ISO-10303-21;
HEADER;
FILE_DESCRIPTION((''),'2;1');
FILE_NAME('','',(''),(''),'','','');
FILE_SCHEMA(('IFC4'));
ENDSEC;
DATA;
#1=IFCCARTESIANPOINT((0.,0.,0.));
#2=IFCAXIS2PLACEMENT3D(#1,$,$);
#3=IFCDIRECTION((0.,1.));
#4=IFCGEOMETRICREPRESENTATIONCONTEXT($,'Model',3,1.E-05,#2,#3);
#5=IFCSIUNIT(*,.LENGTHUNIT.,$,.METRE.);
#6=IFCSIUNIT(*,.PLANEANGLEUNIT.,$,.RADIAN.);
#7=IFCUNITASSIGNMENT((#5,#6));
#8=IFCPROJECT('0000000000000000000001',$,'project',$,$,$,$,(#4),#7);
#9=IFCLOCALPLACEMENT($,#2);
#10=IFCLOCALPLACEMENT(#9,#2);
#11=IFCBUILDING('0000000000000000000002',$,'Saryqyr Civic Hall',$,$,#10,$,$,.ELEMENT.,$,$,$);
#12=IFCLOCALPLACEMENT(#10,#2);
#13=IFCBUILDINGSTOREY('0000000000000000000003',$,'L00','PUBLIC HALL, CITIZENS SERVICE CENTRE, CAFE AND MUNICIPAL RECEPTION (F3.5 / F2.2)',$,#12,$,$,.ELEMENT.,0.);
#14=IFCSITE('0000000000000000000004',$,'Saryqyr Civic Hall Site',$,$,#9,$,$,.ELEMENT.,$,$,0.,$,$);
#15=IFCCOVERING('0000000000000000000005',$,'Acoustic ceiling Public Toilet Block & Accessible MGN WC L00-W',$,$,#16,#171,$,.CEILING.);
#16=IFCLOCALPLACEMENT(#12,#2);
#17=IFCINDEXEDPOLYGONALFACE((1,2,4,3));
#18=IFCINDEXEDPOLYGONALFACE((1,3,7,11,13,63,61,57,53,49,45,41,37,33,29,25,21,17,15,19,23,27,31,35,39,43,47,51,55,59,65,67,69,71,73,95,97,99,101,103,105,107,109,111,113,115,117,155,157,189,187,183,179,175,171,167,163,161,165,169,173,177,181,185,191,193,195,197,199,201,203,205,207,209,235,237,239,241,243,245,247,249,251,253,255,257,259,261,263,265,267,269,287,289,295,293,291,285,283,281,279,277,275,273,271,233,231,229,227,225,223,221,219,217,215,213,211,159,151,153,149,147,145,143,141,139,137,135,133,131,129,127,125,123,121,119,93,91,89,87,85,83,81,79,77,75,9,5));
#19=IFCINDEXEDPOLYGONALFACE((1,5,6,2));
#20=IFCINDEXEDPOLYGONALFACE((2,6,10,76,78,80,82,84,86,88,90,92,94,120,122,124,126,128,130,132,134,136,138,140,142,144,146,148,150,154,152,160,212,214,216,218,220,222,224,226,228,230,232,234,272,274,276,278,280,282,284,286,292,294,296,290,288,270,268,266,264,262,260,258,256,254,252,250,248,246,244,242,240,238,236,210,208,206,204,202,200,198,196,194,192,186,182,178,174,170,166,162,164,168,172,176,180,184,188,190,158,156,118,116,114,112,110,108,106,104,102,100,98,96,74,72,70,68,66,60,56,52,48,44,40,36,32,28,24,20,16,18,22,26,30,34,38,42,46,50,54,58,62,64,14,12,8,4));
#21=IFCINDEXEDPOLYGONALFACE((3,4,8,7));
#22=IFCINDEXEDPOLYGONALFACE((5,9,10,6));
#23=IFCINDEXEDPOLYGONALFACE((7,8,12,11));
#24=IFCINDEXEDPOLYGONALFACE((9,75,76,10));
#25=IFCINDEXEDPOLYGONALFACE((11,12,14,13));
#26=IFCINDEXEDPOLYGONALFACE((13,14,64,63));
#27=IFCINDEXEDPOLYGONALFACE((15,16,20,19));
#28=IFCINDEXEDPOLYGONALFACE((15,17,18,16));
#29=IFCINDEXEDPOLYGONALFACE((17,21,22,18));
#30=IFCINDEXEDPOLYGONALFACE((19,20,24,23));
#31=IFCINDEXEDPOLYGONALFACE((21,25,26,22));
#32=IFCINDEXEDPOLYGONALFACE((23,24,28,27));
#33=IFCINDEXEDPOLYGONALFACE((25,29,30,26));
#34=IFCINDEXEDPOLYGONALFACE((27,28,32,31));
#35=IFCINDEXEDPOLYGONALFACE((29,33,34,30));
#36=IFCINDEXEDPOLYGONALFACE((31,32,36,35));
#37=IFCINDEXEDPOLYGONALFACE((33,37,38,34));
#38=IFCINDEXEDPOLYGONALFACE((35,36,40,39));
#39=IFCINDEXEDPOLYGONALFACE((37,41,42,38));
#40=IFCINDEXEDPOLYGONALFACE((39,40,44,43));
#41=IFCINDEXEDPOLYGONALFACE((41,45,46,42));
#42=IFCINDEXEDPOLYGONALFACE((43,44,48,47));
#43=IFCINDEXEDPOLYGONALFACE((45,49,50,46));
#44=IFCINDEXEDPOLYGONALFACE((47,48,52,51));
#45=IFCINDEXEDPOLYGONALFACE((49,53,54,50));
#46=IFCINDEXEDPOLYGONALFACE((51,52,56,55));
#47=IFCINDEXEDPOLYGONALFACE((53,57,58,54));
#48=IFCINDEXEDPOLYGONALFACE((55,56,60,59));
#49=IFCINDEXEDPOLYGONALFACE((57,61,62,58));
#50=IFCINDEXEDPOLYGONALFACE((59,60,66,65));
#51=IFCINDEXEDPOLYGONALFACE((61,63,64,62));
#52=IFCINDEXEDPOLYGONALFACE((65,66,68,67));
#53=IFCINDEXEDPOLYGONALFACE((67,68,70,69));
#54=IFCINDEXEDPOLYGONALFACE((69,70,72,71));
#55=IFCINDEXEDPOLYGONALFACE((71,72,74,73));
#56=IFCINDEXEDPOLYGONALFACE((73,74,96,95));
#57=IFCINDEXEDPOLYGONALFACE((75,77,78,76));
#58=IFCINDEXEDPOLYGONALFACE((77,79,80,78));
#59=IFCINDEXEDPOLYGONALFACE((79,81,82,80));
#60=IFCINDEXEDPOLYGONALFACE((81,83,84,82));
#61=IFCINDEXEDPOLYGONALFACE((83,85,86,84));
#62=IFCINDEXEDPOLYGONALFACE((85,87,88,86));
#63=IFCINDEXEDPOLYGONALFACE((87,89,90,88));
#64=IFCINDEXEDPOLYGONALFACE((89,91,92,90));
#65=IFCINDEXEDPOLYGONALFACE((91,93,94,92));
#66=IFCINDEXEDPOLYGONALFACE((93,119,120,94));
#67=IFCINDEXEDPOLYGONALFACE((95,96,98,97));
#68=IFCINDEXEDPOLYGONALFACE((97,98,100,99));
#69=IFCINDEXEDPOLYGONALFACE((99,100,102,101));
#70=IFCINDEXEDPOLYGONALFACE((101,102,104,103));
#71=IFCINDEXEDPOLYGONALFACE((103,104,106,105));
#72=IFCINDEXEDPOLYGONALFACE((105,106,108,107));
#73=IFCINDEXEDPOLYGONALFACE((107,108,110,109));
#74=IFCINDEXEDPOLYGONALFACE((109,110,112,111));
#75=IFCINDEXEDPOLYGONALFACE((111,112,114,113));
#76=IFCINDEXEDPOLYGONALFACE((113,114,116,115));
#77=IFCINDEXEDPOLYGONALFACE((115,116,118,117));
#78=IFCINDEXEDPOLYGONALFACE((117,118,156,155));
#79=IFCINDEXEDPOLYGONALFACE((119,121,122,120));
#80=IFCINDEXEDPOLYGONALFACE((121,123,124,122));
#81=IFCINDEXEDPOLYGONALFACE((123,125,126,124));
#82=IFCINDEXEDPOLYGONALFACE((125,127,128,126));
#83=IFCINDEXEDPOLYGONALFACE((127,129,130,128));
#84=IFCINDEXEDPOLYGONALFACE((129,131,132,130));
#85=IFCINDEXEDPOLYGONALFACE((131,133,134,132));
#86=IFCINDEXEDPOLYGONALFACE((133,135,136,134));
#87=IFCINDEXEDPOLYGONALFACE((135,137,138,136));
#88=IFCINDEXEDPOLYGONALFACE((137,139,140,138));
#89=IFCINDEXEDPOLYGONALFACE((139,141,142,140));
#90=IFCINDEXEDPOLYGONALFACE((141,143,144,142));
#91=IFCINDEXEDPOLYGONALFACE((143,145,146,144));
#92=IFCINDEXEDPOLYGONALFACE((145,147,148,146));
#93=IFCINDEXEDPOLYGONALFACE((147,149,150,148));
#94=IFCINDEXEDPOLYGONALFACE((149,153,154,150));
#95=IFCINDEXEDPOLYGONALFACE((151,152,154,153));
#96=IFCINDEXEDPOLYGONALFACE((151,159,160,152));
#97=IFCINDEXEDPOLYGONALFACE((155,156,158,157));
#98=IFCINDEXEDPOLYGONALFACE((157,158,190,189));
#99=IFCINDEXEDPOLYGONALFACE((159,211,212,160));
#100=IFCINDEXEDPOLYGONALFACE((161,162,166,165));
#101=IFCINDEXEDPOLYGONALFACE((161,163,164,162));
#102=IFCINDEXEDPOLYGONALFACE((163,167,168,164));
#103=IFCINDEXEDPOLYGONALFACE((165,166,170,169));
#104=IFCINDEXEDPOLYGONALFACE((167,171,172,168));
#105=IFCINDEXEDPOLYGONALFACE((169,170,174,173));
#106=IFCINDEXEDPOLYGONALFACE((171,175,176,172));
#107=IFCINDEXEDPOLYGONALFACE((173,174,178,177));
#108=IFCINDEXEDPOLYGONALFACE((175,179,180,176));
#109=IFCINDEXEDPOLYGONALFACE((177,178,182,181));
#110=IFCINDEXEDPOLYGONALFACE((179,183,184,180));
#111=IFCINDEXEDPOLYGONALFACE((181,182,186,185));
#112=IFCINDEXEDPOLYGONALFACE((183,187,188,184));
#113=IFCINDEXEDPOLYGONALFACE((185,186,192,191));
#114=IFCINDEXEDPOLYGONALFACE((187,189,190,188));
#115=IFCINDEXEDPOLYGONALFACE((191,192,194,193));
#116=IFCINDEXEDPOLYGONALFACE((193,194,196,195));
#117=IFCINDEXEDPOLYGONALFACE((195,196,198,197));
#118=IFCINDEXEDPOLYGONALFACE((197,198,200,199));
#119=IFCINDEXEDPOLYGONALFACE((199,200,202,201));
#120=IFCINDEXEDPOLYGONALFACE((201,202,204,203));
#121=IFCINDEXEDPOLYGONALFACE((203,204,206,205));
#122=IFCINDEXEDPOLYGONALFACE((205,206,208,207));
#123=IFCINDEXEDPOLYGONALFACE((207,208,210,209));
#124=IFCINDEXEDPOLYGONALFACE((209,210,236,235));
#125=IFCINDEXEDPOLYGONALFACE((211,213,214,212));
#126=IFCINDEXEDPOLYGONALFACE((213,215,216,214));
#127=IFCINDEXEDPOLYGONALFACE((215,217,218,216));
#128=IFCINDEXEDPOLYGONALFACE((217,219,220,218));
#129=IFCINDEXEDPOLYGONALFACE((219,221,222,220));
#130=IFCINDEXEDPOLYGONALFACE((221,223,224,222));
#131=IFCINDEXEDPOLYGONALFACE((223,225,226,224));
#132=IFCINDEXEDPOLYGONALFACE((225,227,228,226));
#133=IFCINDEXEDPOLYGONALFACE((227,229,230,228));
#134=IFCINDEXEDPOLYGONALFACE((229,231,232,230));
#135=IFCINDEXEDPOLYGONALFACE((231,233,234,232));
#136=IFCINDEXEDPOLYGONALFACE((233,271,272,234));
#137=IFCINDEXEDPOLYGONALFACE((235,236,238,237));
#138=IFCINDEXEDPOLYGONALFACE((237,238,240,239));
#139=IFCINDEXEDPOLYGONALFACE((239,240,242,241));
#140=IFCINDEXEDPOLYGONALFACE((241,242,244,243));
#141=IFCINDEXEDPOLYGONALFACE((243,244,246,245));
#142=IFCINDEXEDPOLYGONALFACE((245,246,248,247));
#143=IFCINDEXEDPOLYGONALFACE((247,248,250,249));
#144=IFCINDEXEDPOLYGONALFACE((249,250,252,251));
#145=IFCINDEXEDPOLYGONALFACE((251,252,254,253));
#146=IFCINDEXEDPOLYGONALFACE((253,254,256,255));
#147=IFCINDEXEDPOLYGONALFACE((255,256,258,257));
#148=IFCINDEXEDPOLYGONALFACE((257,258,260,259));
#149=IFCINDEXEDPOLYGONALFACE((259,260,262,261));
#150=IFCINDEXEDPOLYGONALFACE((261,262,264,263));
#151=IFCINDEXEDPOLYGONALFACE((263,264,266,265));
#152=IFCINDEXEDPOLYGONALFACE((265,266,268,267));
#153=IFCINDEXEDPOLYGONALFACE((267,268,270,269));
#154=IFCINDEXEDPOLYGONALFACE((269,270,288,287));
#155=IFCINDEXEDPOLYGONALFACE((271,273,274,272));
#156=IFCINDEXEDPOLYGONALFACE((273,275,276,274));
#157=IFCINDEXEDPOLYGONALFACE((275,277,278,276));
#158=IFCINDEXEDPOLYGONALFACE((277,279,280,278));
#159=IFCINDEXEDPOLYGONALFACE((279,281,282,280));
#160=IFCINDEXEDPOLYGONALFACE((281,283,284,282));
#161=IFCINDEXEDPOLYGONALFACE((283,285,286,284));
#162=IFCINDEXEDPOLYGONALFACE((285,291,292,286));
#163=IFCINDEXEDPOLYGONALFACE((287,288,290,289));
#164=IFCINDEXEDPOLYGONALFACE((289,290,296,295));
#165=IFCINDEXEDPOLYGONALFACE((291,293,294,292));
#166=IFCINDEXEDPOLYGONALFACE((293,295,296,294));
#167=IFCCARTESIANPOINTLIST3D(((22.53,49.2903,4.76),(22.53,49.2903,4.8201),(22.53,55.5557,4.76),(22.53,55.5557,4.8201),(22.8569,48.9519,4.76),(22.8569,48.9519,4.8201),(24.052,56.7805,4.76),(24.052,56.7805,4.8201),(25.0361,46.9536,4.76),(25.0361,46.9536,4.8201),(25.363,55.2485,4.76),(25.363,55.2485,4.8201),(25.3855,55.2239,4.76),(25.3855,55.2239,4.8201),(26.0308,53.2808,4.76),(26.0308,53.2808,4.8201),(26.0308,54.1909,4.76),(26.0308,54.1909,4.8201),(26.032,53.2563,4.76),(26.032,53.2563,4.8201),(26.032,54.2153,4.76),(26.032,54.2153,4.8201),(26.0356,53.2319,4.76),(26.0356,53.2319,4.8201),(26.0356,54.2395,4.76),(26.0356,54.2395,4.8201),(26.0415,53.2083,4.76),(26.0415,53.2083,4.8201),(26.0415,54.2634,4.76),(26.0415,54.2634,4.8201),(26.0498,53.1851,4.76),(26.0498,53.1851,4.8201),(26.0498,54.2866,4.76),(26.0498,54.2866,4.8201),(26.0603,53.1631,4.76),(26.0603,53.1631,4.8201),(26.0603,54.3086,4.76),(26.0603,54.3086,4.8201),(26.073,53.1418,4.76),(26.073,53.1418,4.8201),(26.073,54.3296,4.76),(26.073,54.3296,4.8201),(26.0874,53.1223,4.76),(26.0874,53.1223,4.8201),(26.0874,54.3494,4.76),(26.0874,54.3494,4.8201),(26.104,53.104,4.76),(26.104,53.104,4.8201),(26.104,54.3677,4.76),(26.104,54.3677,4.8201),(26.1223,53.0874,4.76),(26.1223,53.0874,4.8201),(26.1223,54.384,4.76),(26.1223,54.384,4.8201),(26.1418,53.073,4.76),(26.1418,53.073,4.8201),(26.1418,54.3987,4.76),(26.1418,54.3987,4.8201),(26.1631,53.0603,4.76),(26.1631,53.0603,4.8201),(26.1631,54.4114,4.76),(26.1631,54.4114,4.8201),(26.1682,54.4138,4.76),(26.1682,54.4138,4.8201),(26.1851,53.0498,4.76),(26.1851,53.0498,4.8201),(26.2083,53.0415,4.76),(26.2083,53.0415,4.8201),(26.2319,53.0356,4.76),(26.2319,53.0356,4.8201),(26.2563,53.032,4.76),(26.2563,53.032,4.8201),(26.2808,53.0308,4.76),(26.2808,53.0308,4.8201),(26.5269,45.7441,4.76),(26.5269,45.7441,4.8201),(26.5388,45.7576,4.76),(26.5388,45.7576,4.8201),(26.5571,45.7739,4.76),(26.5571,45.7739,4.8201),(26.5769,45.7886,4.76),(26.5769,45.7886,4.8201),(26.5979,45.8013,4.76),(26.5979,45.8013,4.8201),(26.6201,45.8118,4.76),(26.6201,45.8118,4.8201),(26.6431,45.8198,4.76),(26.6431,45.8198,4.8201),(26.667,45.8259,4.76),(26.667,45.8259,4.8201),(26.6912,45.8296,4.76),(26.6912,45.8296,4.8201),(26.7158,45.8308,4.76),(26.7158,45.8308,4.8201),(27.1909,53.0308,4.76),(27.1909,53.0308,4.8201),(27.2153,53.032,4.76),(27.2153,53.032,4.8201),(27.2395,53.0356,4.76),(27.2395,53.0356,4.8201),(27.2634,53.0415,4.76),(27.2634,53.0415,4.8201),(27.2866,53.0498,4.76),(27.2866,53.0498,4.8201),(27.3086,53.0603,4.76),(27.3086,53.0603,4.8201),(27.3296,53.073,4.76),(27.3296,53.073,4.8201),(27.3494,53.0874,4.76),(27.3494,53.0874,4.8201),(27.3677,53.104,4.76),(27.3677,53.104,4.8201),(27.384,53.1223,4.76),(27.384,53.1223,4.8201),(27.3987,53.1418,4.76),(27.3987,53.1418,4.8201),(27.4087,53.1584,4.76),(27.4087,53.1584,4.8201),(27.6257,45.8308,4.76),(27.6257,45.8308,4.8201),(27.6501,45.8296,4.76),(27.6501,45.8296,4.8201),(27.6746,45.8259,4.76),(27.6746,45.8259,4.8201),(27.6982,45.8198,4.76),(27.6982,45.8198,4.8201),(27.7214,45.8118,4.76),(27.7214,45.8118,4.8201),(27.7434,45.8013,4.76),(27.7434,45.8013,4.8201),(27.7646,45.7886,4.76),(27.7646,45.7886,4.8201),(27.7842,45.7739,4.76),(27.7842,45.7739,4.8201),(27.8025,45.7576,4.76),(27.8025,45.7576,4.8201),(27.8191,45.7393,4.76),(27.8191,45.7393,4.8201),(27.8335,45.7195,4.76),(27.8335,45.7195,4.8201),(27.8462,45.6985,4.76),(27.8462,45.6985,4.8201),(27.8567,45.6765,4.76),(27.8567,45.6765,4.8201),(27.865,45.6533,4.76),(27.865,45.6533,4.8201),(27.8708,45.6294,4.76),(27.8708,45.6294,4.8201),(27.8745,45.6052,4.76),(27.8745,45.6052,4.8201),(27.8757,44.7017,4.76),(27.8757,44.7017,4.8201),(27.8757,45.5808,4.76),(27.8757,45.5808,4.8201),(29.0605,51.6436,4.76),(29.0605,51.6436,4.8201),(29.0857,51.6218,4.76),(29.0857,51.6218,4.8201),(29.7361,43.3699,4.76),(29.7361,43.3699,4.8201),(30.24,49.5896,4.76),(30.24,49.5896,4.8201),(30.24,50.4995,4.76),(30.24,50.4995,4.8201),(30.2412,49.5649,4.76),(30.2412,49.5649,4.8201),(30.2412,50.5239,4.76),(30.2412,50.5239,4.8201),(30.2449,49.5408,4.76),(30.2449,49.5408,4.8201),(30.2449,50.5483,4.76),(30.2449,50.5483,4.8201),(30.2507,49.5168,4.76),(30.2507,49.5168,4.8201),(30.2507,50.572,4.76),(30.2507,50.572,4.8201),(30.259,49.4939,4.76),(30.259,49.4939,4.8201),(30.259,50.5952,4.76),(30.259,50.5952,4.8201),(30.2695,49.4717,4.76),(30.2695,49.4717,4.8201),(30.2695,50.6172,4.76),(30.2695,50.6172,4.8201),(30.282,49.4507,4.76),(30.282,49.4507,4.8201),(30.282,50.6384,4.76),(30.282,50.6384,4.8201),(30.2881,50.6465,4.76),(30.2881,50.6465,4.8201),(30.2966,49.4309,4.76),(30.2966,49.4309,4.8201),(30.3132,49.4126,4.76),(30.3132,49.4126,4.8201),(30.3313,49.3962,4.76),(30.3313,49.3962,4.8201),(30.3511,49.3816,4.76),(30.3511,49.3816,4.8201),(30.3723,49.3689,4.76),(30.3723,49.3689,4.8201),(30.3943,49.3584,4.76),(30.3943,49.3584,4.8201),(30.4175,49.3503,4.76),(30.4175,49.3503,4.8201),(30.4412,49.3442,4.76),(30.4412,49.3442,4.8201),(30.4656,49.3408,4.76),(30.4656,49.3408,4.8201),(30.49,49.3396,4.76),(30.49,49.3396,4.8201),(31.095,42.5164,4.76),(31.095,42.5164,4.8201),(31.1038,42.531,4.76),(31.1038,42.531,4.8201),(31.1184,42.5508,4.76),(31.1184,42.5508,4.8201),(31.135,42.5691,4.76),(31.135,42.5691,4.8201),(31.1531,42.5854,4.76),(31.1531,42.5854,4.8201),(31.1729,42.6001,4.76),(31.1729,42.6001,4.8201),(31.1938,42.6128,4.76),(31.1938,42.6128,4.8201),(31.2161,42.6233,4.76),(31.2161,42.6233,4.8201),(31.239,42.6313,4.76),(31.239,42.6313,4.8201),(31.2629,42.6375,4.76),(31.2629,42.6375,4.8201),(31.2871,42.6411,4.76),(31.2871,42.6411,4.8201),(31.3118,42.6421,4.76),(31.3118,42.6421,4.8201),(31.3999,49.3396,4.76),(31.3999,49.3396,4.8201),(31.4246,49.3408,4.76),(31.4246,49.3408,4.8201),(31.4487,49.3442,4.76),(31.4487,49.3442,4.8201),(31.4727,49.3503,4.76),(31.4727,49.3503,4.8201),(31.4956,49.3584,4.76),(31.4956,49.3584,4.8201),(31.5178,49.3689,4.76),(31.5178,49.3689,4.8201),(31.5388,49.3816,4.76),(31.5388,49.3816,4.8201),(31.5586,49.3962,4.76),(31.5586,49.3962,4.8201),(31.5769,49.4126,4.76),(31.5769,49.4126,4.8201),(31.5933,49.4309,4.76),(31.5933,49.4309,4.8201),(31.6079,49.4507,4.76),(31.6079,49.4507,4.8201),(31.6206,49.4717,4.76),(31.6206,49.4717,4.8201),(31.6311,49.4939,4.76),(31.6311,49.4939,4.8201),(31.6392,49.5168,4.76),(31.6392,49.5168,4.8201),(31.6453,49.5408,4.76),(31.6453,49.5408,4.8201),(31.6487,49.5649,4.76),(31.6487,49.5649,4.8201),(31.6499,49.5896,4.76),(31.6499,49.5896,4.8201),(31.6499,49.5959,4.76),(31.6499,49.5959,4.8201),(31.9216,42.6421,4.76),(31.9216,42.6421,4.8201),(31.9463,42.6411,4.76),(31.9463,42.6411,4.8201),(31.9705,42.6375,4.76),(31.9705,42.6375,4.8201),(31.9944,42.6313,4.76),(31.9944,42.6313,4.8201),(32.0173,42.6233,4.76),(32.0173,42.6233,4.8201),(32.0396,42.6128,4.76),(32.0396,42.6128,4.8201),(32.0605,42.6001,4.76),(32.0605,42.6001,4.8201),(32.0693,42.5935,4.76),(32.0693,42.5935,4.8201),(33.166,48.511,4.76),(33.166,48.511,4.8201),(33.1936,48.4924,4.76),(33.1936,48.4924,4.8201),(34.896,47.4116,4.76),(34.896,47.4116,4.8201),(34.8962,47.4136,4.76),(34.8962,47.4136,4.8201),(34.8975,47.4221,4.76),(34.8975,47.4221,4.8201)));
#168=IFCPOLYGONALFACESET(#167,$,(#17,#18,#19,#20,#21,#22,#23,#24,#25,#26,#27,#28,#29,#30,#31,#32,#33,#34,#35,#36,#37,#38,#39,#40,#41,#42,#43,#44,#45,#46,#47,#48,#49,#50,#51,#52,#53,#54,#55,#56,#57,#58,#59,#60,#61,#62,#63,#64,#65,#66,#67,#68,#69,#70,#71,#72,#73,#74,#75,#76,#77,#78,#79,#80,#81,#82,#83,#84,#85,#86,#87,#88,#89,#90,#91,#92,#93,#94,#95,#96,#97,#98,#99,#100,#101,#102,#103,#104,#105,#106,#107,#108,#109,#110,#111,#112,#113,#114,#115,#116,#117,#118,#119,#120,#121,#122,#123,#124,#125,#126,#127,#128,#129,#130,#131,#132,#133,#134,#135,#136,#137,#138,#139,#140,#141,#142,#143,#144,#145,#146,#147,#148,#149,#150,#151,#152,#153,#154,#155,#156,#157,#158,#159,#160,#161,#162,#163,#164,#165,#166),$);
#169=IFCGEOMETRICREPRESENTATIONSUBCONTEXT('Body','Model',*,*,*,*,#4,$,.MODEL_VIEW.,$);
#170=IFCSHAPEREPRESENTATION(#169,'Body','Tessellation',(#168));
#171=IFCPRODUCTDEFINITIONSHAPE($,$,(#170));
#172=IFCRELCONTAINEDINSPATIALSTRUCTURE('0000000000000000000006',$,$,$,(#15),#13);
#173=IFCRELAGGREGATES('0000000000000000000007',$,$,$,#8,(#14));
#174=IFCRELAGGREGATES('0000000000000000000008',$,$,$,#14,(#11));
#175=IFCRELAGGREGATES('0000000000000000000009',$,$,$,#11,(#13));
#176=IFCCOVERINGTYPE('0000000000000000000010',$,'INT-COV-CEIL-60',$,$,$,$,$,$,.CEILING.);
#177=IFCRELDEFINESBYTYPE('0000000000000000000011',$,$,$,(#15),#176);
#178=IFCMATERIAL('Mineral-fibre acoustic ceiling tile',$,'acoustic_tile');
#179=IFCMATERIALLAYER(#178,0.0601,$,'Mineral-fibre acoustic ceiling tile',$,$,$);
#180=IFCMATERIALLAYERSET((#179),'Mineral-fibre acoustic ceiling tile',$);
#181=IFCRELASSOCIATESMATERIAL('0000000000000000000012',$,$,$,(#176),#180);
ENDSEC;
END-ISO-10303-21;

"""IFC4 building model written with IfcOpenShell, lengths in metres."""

from ifc_helpers import new_model, si_unit, direction, frame, origin, place, context, subcontext, project, spatial, polyline, outline, extrude, material, layer, layer_set, type_object, element, save


model = new_model("IFC4")

# Units and contexts
model_context = context("Model", 3, precision=1e-05, world=origin(), true_north=direction((0.0, 1.0)))
body_context = subcontext(model_context, "Body", "Model", "MODEL_VIEW")
ifc_project = project(units=[si_unit("LENGTHUNIT", "METRE"), si_unit("PLANEANGLEUNIT", "RADIAN")], contexts=[model_context])

# Site, building, storey
site_placement = place(None, origin())
site = spatial("IfcSite", under=ifc_project, at=site_placement, Name="Saryqyr Civic Hall Site", CompositionType="ELEMENT", RefElevation=0.0)
building_placement = place(site_placement, origin())
building = spatial("IfcBuilding", under=site, at=building_placement, Name="Saryqyr Civic Hall", CompositionType="ELEMENT")
storey_placement = place(building_placement, origin())
storey = spatial("IfcBuildingStorey", under=building, at=storey_placement, Name="L00", Description="PUBLIC HALL, CITIZENS SERVICE CENTRE, CAFE AND MUNICIPAL RECEPTION (F3.5 / F2.2)", CompositionType="ELEMENT", Elevation=0.0)

# Covering
ifc_material_1 = material(Name="Mineral-fibre acoustic ceiling tile", Category="acoustic_tile")
ifc_layer_1 = layer(ifc_material_1, 0.0601, Name="Mineral-fibre acoustic ceiling tile")
ifc_layer_set_1 = layer_set([ifc_layer_1], Name="Mineral-fibre acoustic ceiling tile")
covering_type = type_object("IfcCoveringType", Name="INT-COV-CEIL-60", PredefinedType="CEILING", material=ifc_layer_set_1)
covering_1_placement = place(storey_placement, frame((0.0, 0.0, 4.76)))
element("IfcCovering", 1, at=covering_1_placement, inside=storey, type_object=covering_type, Name="Acoustic ceiling Public Toilet Block & Accessible MGN WC L00-W", PredefinedType="CEILING", context=body_context, shape_type="SweptSolid", body=[
    extrude(outline(polyline([(26.1631, 54.4114), (26.1418, 54.3987), (26.1223, 54.384), (26.104, 54.3677), (26.0874, 54.3494), (26.073, 54.3296), (26.0603, 54.3086), (26.0498, 54.2866), (26.0415, 54.2634), (26.0356, 54.2395), (26.032, 54.2153), (26.0308, 54.1909), (26.0308, 53.2808), (26.032, 53.2563), (26.0356, 53.2319), (26.0415, 53.2083), (26.0498, 53.1851), (26.0603, 53.1631), (26.073, 53.1418), (26.0874, 53.1223), (26.104, 53.104), (26.1223, 53.0874), (26.1418, 53.073), (26.1631, 53.0603), (26.1851, 53.0498), (26.2083, 53.0415), (26.2319, 53.0356), (26.2563, 53.032), (26.2808, 53.0308), (27.1909, 53.0308), (27.2153, 53.032), (27.2395, 53.0356), (27.2634, 53.0415), (27.2866, 53.0498), (27.3086, 53.0603), (27.3296, 53.073), (27.3494, 53.0874), (27.3677, 53.104), (27.384, 53.1223), (27.3987, 53.1418), (27.4087, 53.1584), (29.0605, 51.6436), (29.0857, 51.6218), (30.2881, 50.6465), (30.282, 50.6384), (30.2695, 50.6172), (30.259, 50.5952), (30.2507, 50.572), (30.2449, 50.5483), (30.2412, 50.5239), (30.24, 50.4995), (30.24, 49.5896), (30.2412, 49.5649), (30.2449, 49.5408), (30.2507, 49.5168), (30.259, 49.4939), (30.2695, 49.4717), (30.282, 49.4507), (30.2966, 49.4309), (30.3132, 49.4126), (30.3313, 49.3962), (30.3511, 49.3816), (30.3723, 49.3689), (30.3943, 49.3584), (30.4175, 49.3503), (30.4412, 49.3442), (30.4656, 49.3408), (30.49, 49.3396), (31.3999, 49.3396), (31.4246, 49.3408), (31.4487, 49.3442), (31.4727, 49.3503), (31.4956, 49.3584), (31.5178, 49.3689), (31.5388, 49.3816), (31.5586, 49.3962), (31.5769, 49.4126), (31.5933, 49.4309), (31.6079, 49.4507), (31.6206, 49.4717), (31.6311, 49.4939), (31.6392, 49.5168), (31.6453, 49.5408), (31.6487, 49.5649), (31.6499, 49.5896), (31.6499, 49.5959), (33.166, 48.511), (33.1936, 48.4924), (34.8975, 47.4221), (34.8962, 47.4136), (34.896, 47.4116), (32.0693, 42.5935), (32.0605, 42.6001), (32.0396, 42.6128), (32.0173, 42.6233), (31.9944, 42.6313), (31.9705, 42.6375), (31.9463, 42.6411), (31.9216, 42.6421), (31.3118, 42.6421), (31.2871, 42.6411), (31.2629, 42.6375), (31.239, 42.6313), (31.2161, 42.6233), (31.1938, 42.6128), (31.1729, 42.6001), (31.1531, 42.5854), (31.135, 42.5691), (31.1184, 42.5508), (31.1038, 42.531), (31.095, 42.5164), (29.7361, 43.3699), (27.8757, 44.7017), (27.8757, 45.5808), (27.8745, 45.6052), (27.8708, 45.6294), (27.865, 45.6533), (27.8567, 45.6765), (27.8462, 45.6985), (27.8335, 45.7195), (27.8191, 45.7393), (27.8025, 45.7576), (27.7842, 45.7739), (27.7646, 45.7886), (27.7434, 45.8013), (27.7214, 45.8118), (27.6982, 45.8198), (27.6746, 45.8259), (27.6501, 45.8296), (27.6257, 45.8308), (26.7158, 45.8308), (26.6912, 45.8296), (26.667, 45.8259), (26.6431, 45.8198), (26.6201, 45.8118), (26.5979, 45.8013), (26.5769, 45.7886), (26.5571, 45.7739), (26.5388, 45.7576), (26.5269, 45.7441), (25.0361, 46.9536), (22.8569, 48.9519), (22.53, 49.2903), (22.53, 55.5557), (24.052, 56.7805), (25.363, 55.2485), (25.3855, 55.2239), (26.1682, 54.4138), (26.1631, 54.4114)])), origin(), (0.0, 0.0, 1.0), 0.0601),
])

save(model, "model.ifc")
